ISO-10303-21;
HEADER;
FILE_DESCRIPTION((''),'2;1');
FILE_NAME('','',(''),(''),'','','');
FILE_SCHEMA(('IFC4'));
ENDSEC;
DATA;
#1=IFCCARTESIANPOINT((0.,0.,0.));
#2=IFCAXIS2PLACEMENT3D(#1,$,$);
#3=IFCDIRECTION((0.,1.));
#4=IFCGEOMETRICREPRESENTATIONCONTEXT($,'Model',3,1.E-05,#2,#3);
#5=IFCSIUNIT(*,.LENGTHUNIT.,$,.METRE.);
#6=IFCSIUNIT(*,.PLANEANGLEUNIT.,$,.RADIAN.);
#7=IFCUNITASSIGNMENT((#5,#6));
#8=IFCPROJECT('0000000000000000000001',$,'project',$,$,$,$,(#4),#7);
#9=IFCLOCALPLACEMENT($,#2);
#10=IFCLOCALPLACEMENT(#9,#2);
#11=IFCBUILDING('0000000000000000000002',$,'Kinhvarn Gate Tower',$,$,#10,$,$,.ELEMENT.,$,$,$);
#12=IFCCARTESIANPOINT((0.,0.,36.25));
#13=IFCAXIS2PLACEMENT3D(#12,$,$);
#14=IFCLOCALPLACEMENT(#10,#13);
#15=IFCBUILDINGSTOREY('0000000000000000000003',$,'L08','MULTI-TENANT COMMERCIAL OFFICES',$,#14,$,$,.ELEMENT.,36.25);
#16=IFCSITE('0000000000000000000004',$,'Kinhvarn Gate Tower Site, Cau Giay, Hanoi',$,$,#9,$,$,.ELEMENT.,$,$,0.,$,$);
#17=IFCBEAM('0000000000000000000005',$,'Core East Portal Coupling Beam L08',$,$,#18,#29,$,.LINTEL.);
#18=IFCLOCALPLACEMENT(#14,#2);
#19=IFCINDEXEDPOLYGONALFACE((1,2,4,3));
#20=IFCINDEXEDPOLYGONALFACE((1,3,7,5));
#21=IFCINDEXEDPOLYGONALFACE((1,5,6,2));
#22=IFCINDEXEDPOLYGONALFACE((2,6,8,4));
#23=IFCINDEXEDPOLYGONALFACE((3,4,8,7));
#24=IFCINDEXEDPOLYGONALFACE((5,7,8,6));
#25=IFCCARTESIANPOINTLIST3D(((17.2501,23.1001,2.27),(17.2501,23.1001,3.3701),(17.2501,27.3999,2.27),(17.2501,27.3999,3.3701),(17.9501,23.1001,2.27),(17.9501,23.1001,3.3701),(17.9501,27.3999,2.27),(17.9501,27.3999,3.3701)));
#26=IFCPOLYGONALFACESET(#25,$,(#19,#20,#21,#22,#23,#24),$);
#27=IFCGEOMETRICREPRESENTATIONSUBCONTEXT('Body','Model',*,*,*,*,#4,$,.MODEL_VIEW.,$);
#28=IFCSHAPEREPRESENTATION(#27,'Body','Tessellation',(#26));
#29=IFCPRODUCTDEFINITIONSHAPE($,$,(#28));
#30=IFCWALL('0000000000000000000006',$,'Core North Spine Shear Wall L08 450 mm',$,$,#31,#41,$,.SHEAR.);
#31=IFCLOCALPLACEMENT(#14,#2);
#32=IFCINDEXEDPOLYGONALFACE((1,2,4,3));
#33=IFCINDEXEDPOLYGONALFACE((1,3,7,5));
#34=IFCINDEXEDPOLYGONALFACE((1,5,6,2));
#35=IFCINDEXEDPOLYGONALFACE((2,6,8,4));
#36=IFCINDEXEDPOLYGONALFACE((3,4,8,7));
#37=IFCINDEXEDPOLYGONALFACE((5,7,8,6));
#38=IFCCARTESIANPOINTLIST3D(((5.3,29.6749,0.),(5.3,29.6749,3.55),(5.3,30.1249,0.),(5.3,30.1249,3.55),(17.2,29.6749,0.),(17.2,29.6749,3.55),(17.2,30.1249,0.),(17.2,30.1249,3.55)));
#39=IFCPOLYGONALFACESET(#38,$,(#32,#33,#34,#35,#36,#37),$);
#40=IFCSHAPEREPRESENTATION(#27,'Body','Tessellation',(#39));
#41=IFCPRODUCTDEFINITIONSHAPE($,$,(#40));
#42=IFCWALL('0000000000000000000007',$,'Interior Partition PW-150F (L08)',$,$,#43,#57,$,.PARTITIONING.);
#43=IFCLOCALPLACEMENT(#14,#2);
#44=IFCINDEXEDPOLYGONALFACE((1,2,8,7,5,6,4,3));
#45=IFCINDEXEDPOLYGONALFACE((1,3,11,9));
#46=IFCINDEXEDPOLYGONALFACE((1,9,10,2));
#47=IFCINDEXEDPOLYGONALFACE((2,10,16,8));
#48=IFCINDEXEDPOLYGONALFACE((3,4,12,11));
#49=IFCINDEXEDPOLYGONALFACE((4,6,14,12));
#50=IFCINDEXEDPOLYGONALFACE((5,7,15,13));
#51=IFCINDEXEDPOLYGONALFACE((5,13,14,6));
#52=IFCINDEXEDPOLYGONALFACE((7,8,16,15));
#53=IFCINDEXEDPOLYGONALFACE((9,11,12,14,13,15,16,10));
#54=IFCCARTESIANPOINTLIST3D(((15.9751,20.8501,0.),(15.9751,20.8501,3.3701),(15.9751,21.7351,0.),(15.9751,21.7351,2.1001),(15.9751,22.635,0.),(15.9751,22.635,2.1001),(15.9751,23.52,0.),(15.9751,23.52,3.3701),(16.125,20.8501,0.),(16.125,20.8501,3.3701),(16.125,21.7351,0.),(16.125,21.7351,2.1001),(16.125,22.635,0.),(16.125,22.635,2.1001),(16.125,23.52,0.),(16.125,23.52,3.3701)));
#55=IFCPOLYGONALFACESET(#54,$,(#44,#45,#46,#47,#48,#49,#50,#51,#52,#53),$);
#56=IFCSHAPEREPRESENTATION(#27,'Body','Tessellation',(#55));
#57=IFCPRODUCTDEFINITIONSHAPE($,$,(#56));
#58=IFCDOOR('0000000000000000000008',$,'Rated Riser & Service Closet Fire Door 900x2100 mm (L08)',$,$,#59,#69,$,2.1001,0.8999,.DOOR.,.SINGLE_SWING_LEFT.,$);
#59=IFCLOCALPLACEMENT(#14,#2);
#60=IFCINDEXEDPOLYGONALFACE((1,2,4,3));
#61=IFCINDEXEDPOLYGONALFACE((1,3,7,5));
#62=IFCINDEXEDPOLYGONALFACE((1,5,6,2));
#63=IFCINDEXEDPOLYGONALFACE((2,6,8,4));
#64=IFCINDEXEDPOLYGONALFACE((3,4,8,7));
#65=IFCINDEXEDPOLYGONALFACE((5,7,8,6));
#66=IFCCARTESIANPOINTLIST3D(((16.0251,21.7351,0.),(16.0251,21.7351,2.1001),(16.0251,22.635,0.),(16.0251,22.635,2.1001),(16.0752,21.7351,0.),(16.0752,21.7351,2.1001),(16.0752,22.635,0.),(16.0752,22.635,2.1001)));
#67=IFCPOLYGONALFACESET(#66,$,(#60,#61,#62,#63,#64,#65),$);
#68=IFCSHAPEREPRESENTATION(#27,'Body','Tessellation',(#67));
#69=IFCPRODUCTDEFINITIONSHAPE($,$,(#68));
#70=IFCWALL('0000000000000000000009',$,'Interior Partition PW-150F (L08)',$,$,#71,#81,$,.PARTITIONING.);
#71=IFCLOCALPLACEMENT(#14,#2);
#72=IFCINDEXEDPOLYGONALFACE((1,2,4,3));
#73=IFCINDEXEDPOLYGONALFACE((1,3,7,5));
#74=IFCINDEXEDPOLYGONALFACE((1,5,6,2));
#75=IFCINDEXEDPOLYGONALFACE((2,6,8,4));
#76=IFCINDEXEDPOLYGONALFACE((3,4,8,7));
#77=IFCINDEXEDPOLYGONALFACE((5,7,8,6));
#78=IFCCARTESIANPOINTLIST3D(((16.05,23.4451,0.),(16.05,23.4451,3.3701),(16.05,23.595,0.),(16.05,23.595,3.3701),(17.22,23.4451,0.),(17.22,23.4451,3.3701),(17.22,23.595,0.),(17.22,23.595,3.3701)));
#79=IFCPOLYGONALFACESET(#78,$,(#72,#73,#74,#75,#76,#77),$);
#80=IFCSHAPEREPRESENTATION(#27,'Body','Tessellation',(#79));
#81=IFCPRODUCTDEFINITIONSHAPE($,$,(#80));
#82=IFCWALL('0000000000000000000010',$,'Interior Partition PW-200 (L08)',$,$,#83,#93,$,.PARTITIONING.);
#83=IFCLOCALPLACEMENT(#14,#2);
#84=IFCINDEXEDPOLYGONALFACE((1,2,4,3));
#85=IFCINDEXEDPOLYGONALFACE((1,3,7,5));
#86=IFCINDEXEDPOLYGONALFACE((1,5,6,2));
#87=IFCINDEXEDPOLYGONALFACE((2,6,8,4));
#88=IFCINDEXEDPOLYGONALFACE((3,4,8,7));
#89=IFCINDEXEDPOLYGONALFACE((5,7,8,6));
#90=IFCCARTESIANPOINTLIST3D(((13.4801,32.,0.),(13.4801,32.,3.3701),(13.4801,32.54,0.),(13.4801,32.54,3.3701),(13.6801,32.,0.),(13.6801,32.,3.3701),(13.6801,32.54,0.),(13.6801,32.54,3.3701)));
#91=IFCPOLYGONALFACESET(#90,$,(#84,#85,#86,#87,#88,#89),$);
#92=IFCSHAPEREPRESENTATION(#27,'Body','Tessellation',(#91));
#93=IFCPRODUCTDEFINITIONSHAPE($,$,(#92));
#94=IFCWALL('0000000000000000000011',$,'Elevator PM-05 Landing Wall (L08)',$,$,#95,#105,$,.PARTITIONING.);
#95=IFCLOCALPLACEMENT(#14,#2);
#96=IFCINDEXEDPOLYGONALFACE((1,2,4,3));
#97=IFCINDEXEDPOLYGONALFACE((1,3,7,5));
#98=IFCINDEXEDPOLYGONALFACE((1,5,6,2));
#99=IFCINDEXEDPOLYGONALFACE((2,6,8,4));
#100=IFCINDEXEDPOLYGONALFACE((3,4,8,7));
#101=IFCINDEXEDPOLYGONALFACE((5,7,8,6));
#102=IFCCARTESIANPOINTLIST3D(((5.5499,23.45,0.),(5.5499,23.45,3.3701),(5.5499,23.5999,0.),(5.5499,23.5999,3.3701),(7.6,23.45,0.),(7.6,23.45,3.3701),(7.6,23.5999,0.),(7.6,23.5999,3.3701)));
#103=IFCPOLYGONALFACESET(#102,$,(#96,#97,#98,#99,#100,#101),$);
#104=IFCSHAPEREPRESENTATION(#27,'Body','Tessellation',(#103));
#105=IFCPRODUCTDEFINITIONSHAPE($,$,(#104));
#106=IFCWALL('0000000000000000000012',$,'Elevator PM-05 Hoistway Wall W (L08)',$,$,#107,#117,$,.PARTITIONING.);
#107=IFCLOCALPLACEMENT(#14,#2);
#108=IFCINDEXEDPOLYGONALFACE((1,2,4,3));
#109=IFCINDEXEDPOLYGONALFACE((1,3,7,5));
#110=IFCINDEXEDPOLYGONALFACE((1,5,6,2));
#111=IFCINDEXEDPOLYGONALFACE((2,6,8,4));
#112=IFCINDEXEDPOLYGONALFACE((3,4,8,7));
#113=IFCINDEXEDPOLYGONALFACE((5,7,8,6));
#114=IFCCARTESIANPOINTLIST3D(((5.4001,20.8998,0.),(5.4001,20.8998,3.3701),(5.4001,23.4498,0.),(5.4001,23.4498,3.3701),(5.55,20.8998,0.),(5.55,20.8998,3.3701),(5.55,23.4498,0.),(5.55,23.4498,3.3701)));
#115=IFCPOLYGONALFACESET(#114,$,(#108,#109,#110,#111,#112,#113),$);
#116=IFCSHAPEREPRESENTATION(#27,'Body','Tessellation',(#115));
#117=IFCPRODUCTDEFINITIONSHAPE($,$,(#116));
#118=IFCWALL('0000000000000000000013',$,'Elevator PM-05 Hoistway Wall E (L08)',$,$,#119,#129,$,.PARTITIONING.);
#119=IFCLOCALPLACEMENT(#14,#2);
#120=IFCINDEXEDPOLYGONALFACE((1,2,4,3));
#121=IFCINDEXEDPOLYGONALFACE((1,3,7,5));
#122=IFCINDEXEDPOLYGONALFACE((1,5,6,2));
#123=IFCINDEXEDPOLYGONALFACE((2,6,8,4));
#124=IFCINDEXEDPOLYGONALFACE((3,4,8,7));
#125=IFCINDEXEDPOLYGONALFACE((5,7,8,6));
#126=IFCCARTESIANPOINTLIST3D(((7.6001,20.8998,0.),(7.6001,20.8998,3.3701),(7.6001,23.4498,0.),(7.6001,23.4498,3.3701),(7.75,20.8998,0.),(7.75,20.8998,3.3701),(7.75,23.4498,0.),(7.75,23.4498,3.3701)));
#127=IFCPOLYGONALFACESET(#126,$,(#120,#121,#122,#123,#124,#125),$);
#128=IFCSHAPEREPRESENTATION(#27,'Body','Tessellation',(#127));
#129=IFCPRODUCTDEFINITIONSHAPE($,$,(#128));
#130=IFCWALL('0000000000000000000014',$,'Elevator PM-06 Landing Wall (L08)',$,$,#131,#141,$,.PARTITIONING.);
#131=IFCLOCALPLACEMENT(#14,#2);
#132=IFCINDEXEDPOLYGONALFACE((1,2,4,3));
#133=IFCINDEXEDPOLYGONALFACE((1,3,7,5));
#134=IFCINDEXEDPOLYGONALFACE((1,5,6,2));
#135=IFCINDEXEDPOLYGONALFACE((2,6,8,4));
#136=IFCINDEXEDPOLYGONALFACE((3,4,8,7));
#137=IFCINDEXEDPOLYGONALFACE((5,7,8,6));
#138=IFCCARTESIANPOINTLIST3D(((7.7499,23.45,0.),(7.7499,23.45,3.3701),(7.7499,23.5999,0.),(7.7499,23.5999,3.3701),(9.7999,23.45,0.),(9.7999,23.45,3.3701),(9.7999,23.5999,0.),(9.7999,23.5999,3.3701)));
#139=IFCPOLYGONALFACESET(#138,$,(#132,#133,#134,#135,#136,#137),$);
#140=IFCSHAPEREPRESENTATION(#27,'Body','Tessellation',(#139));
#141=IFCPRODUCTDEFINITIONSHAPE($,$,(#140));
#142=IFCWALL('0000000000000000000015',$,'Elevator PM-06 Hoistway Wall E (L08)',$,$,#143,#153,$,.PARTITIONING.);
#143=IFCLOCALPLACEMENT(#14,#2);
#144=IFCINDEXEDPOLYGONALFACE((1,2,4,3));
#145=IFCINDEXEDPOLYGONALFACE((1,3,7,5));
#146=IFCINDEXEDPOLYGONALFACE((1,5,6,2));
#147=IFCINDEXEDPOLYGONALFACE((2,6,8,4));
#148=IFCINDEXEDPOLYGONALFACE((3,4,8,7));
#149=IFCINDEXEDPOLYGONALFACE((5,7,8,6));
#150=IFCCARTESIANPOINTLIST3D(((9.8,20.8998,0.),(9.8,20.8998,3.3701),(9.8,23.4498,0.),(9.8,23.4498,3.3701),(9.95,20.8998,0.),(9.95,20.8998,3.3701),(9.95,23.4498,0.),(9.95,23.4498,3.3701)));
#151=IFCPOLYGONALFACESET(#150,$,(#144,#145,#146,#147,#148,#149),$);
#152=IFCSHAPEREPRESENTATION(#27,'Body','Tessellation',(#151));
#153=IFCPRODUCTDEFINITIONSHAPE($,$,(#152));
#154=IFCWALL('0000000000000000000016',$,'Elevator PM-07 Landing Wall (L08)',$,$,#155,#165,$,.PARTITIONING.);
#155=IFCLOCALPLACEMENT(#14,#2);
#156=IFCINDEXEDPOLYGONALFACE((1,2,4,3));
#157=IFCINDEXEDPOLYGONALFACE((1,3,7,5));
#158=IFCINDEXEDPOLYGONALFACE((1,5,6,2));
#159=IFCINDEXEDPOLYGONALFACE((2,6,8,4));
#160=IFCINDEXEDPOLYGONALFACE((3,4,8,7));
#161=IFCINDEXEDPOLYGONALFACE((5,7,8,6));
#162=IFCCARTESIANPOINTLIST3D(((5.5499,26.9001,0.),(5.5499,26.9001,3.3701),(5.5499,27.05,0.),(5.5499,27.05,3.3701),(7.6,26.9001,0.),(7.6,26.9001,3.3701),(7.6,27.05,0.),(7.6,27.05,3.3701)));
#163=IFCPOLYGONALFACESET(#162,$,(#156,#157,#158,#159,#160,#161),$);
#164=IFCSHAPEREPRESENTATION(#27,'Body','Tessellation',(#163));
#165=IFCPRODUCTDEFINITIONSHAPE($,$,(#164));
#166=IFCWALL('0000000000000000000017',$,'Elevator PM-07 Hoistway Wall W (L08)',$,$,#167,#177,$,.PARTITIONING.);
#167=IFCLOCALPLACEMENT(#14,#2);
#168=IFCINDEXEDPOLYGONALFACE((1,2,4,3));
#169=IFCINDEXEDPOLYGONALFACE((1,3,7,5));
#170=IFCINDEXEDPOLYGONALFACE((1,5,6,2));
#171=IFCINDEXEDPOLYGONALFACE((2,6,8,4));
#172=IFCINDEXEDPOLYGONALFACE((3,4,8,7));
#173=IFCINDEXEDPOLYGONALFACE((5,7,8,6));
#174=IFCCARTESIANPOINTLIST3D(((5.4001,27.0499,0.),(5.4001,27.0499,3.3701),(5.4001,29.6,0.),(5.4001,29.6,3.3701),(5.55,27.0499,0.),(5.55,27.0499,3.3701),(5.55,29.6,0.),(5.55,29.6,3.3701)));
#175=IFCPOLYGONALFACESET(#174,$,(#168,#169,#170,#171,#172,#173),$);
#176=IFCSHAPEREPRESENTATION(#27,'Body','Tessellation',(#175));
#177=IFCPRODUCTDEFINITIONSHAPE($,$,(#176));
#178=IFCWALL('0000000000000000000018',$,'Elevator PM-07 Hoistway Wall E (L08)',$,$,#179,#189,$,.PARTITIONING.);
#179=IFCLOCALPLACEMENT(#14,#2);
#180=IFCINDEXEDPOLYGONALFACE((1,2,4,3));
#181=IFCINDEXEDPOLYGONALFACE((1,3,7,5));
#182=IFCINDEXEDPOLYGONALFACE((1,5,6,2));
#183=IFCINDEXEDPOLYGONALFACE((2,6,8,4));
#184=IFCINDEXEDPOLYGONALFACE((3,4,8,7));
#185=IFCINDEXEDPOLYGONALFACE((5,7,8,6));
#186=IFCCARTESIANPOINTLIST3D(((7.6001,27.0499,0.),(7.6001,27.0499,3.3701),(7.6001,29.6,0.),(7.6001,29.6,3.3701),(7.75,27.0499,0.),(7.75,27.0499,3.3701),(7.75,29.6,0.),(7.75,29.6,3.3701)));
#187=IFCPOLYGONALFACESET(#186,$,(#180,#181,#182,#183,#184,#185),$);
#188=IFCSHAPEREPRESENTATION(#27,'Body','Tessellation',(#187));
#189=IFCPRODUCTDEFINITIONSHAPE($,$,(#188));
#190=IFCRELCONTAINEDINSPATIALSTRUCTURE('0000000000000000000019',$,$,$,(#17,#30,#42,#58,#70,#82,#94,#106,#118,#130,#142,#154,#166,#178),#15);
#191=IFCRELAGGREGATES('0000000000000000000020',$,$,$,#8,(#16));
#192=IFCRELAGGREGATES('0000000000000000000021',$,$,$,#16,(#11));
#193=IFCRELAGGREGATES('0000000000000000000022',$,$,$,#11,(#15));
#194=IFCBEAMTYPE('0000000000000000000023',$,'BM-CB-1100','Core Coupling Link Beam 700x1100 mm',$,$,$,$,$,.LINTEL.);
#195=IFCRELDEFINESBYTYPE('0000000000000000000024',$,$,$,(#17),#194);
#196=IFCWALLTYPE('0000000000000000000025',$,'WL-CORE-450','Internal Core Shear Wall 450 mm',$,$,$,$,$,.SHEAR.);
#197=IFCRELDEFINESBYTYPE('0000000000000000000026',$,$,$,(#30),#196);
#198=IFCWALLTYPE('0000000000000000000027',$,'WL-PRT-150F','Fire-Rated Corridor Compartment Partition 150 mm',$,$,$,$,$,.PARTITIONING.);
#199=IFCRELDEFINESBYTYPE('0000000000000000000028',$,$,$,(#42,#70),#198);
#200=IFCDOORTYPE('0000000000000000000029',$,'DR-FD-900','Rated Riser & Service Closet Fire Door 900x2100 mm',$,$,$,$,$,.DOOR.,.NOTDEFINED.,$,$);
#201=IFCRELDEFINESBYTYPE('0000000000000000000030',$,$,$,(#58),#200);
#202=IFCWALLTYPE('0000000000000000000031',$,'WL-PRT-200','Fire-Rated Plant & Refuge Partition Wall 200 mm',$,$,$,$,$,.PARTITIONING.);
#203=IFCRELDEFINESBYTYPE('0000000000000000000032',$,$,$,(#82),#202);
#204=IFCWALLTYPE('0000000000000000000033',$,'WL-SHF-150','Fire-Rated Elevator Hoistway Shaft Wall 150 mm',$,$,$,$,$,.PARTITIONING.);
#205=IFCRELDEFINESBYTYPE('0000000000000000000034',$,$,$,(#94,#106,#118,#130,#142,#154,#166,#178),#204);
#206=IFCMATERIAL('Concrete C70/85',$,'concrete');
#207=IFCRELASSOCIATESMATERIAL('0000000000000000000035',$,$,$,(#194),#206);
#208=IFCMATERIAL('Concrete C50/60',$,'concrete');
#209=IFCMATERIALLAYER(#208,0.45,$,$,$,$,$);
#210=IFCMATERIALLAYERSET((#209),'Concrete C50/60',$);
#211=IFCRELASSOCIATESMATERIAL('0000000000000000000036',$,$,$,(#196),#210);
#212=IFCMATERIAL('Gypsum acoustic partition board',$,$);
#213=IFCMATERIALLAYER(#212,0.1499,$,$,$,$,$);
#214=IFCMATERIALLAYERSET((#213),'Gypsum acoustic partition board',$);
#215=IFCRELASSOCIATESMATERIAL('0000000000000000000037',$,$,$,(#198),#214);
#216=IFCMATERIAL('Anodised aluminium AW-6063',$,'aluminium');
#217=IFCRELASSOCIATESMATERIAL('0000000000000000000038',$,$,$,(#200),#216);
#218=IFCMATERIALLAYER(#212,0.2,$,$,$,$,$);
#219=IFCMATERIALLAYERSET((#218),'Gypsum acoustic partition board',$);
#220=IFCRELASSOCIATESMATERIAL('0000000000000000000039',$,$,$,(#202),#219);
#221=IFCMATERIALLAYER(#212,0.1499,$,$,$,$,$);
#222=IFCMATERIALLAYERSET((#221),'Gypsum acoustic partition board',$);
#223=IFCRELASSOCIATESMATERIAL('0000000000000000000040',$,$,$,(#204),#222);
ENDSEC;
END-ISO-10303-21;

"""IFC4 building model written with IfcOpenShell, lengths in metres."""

from ifc_helpers import new_model, si_unit, direction, frame, frame_2d, origin, origin_2d, place, context, subcontext, project, spatial, rectangle, extrude, material, layer, layer_set, material_profile, profile_set, type_object, element, fill, save


model = new_model("IFC4")

# Units and contexts
model_context = context("Model", 3, precision=1e-05, world=origin(), true_north=direction((0.0, 1.0)))
body_context = subcontext(model_context, "Body", "Model", "MODEL_VIEW")
ifc_project = project(units=[si_unit("LENGTHUNIT", "METRE"), si_unit("PLANEANGLEUNIT", "RADIAN")], contexts=[model_context])

# Site, building, storey
site_placement = place(None, origin())
site = spatial("IfcSite", under=ifc_project, at=site_placement, Name="Kinhvarn Gate Tower Site, Cau Giay, Hanoi", CompositionType="ELEMENT", RefElevation=0.0)
building_placement = place(site_placement, origin())
building = spatial("IfcBuilding", under=site, at=building_placement, Name="Kinhvarn Gate Tower", CompositionType="ELEMENT")
storey_placement = place(building_placement, frame((0.0, 0.0, 36.25)))
storey = spatial("IfcBuildingStorey", under=building, at=storey_placement, Name="L08", Description="MULTI-TENANT COMMERCIAL OFFICES", CompositionType="ELEMENT", Elevation=36.25)

# Beam
ifc_material_1 = material(Name="Concrete C70/85", Category="concrete")
ifc_material_profile = material_profile(ifc_material_1, rectangle(XDim=0.7, YDim=1.1001, at=origin_2d()), Name="RC 700x1100")
ifc_profile_set = profile_set([ifc_material_profile], Name="Concrete C70/85")
beam_type = type_object("IfcBeamType", Name="BM-CB-1100", Description="Core Coupling Link Beam 700x1100 mm", PredefinedType="LINTEL", material=ifc_profile_set)
beam_placement = place(storey_placement, frame((17.6001, 23.1001, 2.8201), z_axis=(0.0, 1.0, 0.0), x_axis=(-1.0, 0.0, 0.0)))
element("IfcBeam", 1, at=beam_placement, inside=storey, type_object=beam_type, Name="Core East Portal Coupling Beam L08", PredefinedType="LINTEL", context=body_context, shape_type="SweptSolid", body=[
    extrude(rectangle(XDim=0.7, YDim=1.1001, at=origin_2d()), origin(), (0.0, 0.0, 1.0), 4.2998),
])

# Wall
ifc_material_2 = material(Name="Concrete C50/60", Category="concrete")
ifc_layer_1 = layer(ifc_material_2, 0.45)
ifc_layer_set_1 = layer_set([ifc_layer_1], Name="Concrete C50/60")
wall_type_1 = type_object("IfcWallType", Name="WL-CORE-450", Description="Internal Core Shear Wall 450 mm", PredefinedType="SHEAR", material=ifc_layer_set_1)
wall_1_placement = place(storey_placement, frame((5.3, 29.8999, 0.0), z_axis=(0.0, 0.0, 1.0), x_axis=(1.0, 0.0, 0.0)))
element("IfcWall", 2, at=wall_1_placement, inside=storey, type_object=wall_type_1, Name="Core North Spine Shear Wall L08 450 mm", PredefinedType="SHEAR", context=body_context, shape_type="SweptSolid", body=[
    extrude(rectangle(XDim=11.8999, YDim=0.45, at=frame_2d((5.95, 0.0))), origin(), (0.0, 0.0, 1.0), 3.55),
])

# Wall, opening, door
ifc_material_3 = material(Name="Anodised aluminium AW-6063", Category="aluminium")
ifc_material_4 = material(Name="Gypsum acoustic partition board")
ifc_layer_2 = layer(ifc_material_4, 0.1499)
ifc_layer_set_2 = layer_set([ifc_layer_2], Name="Gypsum acoustic partition board")
wall_type_2 = type_object("IfcWallType", Name="WL-PRT-150F", Description="Fire-Rated Corridor Compartment Partition 150 mm", PredefinedType="PARTITIONING", material=ifc_layer_set_2)
wall_2_placement = place(storey_placement, frame((16.05, 20.8501, 0.0), z_axis=(0.0, 0.0, 1.0), x_axis=(0.0, 1.0, 0.0)))
wall_2 = element("IfcWall", 3, at=wall_2_placement, inside=storey, type_object=wall_type_2, Name="Interior Partition PW-150F (L08)", PredefinedType="PARTITIONING", context=body_context, shape_type="SweptSolid", body=[
    extrude(rectangle(XDim=2.6699, YDim=0.1499, at=frame_2d((1.335, 0.0))), origin(), (0.0, 0.0, 1.0), 3.3701),
])
opening_1_placement = place(wall_2_placement, frame((0.885, 0.0, 0.0)))
opening_1 = element("IfcOpeningElement", 4, at=opening_1_placement, cuts=wall_2, PredefinedType="OPENING", context=body_context, shape_type="SweptSolid", body=[
    extrude(rectangle(XDim=0.8999, YDim=2.1001, at=frame_2d((0.45, 1.05))), frame((0.0, 0.085, 0.0), z_axis=(0.0, -1.0, 0.0), x_axis=(1.0, 0.0, 0.0)), (0.0, 0.0, 1.0), 0.1699),
])
door_type_1 = type_object("IfcDoorType", Name="DR-FD-900", Description="Rated Riser & Service Closet Fire Door 900x2100 mm", OperationType="NOTDEFINED", PredefinedType="DOOR", material=ifc_material_3)
door_1_placement = place(opening_1_placement, origin())
door_1 = element("IfcDoor", 5, at=door_1_placement, inside=storey, type_object=door_type_1, Name="Rated Riser & Service Closet Fire Door 900x2100 mm (L08)", OperationType="SINGLE_SWING_LEFT", OverallHeight=2.1001, OverallWidth=0.8999, PredefinedType="DOOR", context=body_context, shape_type="SweptSolid", body=[
    extrude(rectangle(XDim=0.8999, YDim=2.1001, at=frame_2d((0.45, 1.05))), frame((0.0, 0.0249, 0.0), z_axis=(0.0, -1.0, 0.0), x_axis=(1.0, 0.0, 0.0)), (0.0, 0.0, 1.0), 0.05),
])
fill(opening_1, door_1)

# Walls
wall_3_placement = place(storey_placement, frame((16.05, 23.52, 0.0), z_axis=(0.0, 0.0, 1.0), x_axis=(1.0, 0.0, 0.0)))
element("IfcWall", 6, at=wall_3_placement, inside=storey, type_object=wall_type_2, Name="Interior Partition PW-150F (L08)", PredefinedType="PARTITIONING", context=body_context, shape_type="SweptSolid", body=[
    extrude(rectangle(XDim=1.1699, YDim=0.1499, at=frame_2d((0.585, 0.0))), origin(), (0.0, 0.0, 1.0), 3.3701),
])
ifc_layer_3 = layer(ifc_material_4, 0.2)
ifc_layer_set_3 = layer_set([ifc_layer_3], Name="Gypsum acoustic partition board")
wall_type_3 = type_object("IfcWallType", Name="WL-PRT-200", Description="Fire-Rated Plant & Refuge Partition Wall 200 mm", PredefinedType="PARTITIONING", material=ifc_layer_set_3)
wall_4_placement = place(storey_placement, frame((13.5801, 32.0, 0.0), z_axis=(0.0, 0.0, 1.0), x_axis=(0.0, 1.0, 0.0)))
element("IfcWall", 7, at=wall_4_placement, inside=storey, type_object=wall_type_3, Name="Interior Partition PW-200 (L08)", PredefinedType="PARTITIONING", context=body_context, shape_type="SweptSolid", body=[
    extrude(rectangle(XDim=0.54, YDim=0.2, at=frame_2d((0.27, 0.0))), origin(), (0.0, 0.0, 1.0), 3.3701),
])
ifc_layer_4 = layer(ifc_material_4, 0.1499)
ifc_layer_set_4 = layer_set([ifc_layer_4], Name="Gypsum acoustic partition board")
wall_type_4 = type_object("IfcWallType", Name="WL-SHF-150", Description="Fire-Rated Elevator Hoistway Shaft Wall 150 mm", PredefinedType="PARTITIONING", material=ifc_layer_set_4)
wall_5_placement = place(storey_placement, frame((5.55, 23.5249, 0.0), z_axis=(0.0, 0.0, 1.0), x_axis=(1.0, 0.0, 0.0)))
element("IfcWall", 8, at=wall_5_placement, inside=storey, type_object=wall_type_4, Name="Elevator PM-05 Landing Wall (L08)", PredefinedType="PARTITIONING", context=body_context, shape_type="SweptSolid", body=[
    extrude(rectangle(XDim=2.05, YDim=0.1499, at=frame_2d((1.0249, 0.0))), origin(), (0.0, 0.0, 1.0), 3.3701),
])
for number, where, z_axis, x_axis, name in (
    (9, (5.4751, 20.8999, 0.0), (0.0, 0.0, 1.0), (0.0, 1.0, 0.0), "Elevator PM-05 Hoistway Wall W (L08)"),
    (10, (7.675, 20.8999, 0.0), (0.0, 0.0, 1.0), (0.0, 1.0, 0.0), "Elevator PM-05 Hoistway Wall E (L08)"),
):
    element("IfcWall", number, at=place(storey_placement, frame(where, z_axis=z_axis, x_axis=x_axis)), inside=storey, type_object=wall_type_4, Name=name, PredefinedType="PARTITIONING", context=body_context, shape_type="SweptSolid", body=[
        extrude(rectangle(XDim=2.55, YDim=0.1499, at=frame_2d((1.2749, 0.0))), origin(), (0.0, 0.0, 1.0), 3.3701),
    ])
wall_6_placement = place(storey_placement, frame((7.75, 23.5249, 0.0), z_axis=(0.0, 0.0, 1.0), x_axis=(1.0, 0.0, 0.0)))
element("IfcWall", 11, at=wall_6_placement, inside=storey, type_object=wall_type_4, Name="Elevator PM-06 Landing Wall (L08)", PredefinedType="PARTITIONING", context=body_context, shape_type="SweptSolid", body=[
    extrude(rectangle(XDim=2.05, YDim=0.1499, at=frame_2d((1.0249, 0.0))), origin(), (0.0, 0.0, 1.0), 3.3701),
])
wall_7_placement = place(storey_placement, frame((9.875, 20.8999, 0.0), z_axis=(0.0, 0.0, 1.0), x_axis=(0.0, 1.0, 0.0)))
element("IfcWall", 12, at=wall_7_placement, inside=storey, type_object=wall_type_4, Name="Elevator PM-06 Hoistway Wall E (L08)", PredefinedType="PARTITIONING", context=body_context, shape_type="SweptSolid", body=[
    extrude(rectangle(XDim=2.55, YDim=0.1499, at=frame_2d((1.2749, 0.0))), origin(), (0.0, 0.0, 1.0), 3.3701),
])
wall_8_placement = place(storey_placement, frame((5.55, 26.9751, 0.0), z_axis=(0.0, 0.0, 1.0), x_axis=(1.0, 0.0, 0.0)))
element("IfcWall", 13, at=wall_8_placement, inside=storey, type_object=wall_type_4, Name="Elevator PM-07 Landing Wall (L08)", PredefinedType="PARTITIONING", context=body_context, shape_type="SweptSolid", body=[
    extrude(rectangle(XDim=2.05, YDim=0.1499, at=frame_2d((1.0249, 0.0))), origin(), (0.0, 0.0, 1.0), 3.3701),
])
for number, where, z_axis, x_axis, name in (
    (14, (5.4751, 27.05, 0.0), (0.0, 0.0, 1.0), (0.0, 1.0, 0.0), "Elevator PM-07 Hoistway Wall W (L08)"),
    (15, (7.675, 27.05, 0.0), (0.0, 0.0, 1.0), (0.0, 1.0, 0.0), "Elevator PM-07 Hoistway Wall E (L08)"),
):
    element("IfcWall", number, at=place(storey_placement, frame(where, z_axis=z_axis, x_axis=x_axis)), inside=storey, type_object=wall_type_4, Name=name, PredefinedType="PARTITIONING", context=body_context, shape_type="SweptSolid", body=[
        extrude(rectangle(XDim=2.55, YDim=0.1499, at=frame_2d((1.2749, 0.0))), origin(), (0.0, 0.0, 1.0), 3.3701),
    ])

save(model, "model.ifc")
